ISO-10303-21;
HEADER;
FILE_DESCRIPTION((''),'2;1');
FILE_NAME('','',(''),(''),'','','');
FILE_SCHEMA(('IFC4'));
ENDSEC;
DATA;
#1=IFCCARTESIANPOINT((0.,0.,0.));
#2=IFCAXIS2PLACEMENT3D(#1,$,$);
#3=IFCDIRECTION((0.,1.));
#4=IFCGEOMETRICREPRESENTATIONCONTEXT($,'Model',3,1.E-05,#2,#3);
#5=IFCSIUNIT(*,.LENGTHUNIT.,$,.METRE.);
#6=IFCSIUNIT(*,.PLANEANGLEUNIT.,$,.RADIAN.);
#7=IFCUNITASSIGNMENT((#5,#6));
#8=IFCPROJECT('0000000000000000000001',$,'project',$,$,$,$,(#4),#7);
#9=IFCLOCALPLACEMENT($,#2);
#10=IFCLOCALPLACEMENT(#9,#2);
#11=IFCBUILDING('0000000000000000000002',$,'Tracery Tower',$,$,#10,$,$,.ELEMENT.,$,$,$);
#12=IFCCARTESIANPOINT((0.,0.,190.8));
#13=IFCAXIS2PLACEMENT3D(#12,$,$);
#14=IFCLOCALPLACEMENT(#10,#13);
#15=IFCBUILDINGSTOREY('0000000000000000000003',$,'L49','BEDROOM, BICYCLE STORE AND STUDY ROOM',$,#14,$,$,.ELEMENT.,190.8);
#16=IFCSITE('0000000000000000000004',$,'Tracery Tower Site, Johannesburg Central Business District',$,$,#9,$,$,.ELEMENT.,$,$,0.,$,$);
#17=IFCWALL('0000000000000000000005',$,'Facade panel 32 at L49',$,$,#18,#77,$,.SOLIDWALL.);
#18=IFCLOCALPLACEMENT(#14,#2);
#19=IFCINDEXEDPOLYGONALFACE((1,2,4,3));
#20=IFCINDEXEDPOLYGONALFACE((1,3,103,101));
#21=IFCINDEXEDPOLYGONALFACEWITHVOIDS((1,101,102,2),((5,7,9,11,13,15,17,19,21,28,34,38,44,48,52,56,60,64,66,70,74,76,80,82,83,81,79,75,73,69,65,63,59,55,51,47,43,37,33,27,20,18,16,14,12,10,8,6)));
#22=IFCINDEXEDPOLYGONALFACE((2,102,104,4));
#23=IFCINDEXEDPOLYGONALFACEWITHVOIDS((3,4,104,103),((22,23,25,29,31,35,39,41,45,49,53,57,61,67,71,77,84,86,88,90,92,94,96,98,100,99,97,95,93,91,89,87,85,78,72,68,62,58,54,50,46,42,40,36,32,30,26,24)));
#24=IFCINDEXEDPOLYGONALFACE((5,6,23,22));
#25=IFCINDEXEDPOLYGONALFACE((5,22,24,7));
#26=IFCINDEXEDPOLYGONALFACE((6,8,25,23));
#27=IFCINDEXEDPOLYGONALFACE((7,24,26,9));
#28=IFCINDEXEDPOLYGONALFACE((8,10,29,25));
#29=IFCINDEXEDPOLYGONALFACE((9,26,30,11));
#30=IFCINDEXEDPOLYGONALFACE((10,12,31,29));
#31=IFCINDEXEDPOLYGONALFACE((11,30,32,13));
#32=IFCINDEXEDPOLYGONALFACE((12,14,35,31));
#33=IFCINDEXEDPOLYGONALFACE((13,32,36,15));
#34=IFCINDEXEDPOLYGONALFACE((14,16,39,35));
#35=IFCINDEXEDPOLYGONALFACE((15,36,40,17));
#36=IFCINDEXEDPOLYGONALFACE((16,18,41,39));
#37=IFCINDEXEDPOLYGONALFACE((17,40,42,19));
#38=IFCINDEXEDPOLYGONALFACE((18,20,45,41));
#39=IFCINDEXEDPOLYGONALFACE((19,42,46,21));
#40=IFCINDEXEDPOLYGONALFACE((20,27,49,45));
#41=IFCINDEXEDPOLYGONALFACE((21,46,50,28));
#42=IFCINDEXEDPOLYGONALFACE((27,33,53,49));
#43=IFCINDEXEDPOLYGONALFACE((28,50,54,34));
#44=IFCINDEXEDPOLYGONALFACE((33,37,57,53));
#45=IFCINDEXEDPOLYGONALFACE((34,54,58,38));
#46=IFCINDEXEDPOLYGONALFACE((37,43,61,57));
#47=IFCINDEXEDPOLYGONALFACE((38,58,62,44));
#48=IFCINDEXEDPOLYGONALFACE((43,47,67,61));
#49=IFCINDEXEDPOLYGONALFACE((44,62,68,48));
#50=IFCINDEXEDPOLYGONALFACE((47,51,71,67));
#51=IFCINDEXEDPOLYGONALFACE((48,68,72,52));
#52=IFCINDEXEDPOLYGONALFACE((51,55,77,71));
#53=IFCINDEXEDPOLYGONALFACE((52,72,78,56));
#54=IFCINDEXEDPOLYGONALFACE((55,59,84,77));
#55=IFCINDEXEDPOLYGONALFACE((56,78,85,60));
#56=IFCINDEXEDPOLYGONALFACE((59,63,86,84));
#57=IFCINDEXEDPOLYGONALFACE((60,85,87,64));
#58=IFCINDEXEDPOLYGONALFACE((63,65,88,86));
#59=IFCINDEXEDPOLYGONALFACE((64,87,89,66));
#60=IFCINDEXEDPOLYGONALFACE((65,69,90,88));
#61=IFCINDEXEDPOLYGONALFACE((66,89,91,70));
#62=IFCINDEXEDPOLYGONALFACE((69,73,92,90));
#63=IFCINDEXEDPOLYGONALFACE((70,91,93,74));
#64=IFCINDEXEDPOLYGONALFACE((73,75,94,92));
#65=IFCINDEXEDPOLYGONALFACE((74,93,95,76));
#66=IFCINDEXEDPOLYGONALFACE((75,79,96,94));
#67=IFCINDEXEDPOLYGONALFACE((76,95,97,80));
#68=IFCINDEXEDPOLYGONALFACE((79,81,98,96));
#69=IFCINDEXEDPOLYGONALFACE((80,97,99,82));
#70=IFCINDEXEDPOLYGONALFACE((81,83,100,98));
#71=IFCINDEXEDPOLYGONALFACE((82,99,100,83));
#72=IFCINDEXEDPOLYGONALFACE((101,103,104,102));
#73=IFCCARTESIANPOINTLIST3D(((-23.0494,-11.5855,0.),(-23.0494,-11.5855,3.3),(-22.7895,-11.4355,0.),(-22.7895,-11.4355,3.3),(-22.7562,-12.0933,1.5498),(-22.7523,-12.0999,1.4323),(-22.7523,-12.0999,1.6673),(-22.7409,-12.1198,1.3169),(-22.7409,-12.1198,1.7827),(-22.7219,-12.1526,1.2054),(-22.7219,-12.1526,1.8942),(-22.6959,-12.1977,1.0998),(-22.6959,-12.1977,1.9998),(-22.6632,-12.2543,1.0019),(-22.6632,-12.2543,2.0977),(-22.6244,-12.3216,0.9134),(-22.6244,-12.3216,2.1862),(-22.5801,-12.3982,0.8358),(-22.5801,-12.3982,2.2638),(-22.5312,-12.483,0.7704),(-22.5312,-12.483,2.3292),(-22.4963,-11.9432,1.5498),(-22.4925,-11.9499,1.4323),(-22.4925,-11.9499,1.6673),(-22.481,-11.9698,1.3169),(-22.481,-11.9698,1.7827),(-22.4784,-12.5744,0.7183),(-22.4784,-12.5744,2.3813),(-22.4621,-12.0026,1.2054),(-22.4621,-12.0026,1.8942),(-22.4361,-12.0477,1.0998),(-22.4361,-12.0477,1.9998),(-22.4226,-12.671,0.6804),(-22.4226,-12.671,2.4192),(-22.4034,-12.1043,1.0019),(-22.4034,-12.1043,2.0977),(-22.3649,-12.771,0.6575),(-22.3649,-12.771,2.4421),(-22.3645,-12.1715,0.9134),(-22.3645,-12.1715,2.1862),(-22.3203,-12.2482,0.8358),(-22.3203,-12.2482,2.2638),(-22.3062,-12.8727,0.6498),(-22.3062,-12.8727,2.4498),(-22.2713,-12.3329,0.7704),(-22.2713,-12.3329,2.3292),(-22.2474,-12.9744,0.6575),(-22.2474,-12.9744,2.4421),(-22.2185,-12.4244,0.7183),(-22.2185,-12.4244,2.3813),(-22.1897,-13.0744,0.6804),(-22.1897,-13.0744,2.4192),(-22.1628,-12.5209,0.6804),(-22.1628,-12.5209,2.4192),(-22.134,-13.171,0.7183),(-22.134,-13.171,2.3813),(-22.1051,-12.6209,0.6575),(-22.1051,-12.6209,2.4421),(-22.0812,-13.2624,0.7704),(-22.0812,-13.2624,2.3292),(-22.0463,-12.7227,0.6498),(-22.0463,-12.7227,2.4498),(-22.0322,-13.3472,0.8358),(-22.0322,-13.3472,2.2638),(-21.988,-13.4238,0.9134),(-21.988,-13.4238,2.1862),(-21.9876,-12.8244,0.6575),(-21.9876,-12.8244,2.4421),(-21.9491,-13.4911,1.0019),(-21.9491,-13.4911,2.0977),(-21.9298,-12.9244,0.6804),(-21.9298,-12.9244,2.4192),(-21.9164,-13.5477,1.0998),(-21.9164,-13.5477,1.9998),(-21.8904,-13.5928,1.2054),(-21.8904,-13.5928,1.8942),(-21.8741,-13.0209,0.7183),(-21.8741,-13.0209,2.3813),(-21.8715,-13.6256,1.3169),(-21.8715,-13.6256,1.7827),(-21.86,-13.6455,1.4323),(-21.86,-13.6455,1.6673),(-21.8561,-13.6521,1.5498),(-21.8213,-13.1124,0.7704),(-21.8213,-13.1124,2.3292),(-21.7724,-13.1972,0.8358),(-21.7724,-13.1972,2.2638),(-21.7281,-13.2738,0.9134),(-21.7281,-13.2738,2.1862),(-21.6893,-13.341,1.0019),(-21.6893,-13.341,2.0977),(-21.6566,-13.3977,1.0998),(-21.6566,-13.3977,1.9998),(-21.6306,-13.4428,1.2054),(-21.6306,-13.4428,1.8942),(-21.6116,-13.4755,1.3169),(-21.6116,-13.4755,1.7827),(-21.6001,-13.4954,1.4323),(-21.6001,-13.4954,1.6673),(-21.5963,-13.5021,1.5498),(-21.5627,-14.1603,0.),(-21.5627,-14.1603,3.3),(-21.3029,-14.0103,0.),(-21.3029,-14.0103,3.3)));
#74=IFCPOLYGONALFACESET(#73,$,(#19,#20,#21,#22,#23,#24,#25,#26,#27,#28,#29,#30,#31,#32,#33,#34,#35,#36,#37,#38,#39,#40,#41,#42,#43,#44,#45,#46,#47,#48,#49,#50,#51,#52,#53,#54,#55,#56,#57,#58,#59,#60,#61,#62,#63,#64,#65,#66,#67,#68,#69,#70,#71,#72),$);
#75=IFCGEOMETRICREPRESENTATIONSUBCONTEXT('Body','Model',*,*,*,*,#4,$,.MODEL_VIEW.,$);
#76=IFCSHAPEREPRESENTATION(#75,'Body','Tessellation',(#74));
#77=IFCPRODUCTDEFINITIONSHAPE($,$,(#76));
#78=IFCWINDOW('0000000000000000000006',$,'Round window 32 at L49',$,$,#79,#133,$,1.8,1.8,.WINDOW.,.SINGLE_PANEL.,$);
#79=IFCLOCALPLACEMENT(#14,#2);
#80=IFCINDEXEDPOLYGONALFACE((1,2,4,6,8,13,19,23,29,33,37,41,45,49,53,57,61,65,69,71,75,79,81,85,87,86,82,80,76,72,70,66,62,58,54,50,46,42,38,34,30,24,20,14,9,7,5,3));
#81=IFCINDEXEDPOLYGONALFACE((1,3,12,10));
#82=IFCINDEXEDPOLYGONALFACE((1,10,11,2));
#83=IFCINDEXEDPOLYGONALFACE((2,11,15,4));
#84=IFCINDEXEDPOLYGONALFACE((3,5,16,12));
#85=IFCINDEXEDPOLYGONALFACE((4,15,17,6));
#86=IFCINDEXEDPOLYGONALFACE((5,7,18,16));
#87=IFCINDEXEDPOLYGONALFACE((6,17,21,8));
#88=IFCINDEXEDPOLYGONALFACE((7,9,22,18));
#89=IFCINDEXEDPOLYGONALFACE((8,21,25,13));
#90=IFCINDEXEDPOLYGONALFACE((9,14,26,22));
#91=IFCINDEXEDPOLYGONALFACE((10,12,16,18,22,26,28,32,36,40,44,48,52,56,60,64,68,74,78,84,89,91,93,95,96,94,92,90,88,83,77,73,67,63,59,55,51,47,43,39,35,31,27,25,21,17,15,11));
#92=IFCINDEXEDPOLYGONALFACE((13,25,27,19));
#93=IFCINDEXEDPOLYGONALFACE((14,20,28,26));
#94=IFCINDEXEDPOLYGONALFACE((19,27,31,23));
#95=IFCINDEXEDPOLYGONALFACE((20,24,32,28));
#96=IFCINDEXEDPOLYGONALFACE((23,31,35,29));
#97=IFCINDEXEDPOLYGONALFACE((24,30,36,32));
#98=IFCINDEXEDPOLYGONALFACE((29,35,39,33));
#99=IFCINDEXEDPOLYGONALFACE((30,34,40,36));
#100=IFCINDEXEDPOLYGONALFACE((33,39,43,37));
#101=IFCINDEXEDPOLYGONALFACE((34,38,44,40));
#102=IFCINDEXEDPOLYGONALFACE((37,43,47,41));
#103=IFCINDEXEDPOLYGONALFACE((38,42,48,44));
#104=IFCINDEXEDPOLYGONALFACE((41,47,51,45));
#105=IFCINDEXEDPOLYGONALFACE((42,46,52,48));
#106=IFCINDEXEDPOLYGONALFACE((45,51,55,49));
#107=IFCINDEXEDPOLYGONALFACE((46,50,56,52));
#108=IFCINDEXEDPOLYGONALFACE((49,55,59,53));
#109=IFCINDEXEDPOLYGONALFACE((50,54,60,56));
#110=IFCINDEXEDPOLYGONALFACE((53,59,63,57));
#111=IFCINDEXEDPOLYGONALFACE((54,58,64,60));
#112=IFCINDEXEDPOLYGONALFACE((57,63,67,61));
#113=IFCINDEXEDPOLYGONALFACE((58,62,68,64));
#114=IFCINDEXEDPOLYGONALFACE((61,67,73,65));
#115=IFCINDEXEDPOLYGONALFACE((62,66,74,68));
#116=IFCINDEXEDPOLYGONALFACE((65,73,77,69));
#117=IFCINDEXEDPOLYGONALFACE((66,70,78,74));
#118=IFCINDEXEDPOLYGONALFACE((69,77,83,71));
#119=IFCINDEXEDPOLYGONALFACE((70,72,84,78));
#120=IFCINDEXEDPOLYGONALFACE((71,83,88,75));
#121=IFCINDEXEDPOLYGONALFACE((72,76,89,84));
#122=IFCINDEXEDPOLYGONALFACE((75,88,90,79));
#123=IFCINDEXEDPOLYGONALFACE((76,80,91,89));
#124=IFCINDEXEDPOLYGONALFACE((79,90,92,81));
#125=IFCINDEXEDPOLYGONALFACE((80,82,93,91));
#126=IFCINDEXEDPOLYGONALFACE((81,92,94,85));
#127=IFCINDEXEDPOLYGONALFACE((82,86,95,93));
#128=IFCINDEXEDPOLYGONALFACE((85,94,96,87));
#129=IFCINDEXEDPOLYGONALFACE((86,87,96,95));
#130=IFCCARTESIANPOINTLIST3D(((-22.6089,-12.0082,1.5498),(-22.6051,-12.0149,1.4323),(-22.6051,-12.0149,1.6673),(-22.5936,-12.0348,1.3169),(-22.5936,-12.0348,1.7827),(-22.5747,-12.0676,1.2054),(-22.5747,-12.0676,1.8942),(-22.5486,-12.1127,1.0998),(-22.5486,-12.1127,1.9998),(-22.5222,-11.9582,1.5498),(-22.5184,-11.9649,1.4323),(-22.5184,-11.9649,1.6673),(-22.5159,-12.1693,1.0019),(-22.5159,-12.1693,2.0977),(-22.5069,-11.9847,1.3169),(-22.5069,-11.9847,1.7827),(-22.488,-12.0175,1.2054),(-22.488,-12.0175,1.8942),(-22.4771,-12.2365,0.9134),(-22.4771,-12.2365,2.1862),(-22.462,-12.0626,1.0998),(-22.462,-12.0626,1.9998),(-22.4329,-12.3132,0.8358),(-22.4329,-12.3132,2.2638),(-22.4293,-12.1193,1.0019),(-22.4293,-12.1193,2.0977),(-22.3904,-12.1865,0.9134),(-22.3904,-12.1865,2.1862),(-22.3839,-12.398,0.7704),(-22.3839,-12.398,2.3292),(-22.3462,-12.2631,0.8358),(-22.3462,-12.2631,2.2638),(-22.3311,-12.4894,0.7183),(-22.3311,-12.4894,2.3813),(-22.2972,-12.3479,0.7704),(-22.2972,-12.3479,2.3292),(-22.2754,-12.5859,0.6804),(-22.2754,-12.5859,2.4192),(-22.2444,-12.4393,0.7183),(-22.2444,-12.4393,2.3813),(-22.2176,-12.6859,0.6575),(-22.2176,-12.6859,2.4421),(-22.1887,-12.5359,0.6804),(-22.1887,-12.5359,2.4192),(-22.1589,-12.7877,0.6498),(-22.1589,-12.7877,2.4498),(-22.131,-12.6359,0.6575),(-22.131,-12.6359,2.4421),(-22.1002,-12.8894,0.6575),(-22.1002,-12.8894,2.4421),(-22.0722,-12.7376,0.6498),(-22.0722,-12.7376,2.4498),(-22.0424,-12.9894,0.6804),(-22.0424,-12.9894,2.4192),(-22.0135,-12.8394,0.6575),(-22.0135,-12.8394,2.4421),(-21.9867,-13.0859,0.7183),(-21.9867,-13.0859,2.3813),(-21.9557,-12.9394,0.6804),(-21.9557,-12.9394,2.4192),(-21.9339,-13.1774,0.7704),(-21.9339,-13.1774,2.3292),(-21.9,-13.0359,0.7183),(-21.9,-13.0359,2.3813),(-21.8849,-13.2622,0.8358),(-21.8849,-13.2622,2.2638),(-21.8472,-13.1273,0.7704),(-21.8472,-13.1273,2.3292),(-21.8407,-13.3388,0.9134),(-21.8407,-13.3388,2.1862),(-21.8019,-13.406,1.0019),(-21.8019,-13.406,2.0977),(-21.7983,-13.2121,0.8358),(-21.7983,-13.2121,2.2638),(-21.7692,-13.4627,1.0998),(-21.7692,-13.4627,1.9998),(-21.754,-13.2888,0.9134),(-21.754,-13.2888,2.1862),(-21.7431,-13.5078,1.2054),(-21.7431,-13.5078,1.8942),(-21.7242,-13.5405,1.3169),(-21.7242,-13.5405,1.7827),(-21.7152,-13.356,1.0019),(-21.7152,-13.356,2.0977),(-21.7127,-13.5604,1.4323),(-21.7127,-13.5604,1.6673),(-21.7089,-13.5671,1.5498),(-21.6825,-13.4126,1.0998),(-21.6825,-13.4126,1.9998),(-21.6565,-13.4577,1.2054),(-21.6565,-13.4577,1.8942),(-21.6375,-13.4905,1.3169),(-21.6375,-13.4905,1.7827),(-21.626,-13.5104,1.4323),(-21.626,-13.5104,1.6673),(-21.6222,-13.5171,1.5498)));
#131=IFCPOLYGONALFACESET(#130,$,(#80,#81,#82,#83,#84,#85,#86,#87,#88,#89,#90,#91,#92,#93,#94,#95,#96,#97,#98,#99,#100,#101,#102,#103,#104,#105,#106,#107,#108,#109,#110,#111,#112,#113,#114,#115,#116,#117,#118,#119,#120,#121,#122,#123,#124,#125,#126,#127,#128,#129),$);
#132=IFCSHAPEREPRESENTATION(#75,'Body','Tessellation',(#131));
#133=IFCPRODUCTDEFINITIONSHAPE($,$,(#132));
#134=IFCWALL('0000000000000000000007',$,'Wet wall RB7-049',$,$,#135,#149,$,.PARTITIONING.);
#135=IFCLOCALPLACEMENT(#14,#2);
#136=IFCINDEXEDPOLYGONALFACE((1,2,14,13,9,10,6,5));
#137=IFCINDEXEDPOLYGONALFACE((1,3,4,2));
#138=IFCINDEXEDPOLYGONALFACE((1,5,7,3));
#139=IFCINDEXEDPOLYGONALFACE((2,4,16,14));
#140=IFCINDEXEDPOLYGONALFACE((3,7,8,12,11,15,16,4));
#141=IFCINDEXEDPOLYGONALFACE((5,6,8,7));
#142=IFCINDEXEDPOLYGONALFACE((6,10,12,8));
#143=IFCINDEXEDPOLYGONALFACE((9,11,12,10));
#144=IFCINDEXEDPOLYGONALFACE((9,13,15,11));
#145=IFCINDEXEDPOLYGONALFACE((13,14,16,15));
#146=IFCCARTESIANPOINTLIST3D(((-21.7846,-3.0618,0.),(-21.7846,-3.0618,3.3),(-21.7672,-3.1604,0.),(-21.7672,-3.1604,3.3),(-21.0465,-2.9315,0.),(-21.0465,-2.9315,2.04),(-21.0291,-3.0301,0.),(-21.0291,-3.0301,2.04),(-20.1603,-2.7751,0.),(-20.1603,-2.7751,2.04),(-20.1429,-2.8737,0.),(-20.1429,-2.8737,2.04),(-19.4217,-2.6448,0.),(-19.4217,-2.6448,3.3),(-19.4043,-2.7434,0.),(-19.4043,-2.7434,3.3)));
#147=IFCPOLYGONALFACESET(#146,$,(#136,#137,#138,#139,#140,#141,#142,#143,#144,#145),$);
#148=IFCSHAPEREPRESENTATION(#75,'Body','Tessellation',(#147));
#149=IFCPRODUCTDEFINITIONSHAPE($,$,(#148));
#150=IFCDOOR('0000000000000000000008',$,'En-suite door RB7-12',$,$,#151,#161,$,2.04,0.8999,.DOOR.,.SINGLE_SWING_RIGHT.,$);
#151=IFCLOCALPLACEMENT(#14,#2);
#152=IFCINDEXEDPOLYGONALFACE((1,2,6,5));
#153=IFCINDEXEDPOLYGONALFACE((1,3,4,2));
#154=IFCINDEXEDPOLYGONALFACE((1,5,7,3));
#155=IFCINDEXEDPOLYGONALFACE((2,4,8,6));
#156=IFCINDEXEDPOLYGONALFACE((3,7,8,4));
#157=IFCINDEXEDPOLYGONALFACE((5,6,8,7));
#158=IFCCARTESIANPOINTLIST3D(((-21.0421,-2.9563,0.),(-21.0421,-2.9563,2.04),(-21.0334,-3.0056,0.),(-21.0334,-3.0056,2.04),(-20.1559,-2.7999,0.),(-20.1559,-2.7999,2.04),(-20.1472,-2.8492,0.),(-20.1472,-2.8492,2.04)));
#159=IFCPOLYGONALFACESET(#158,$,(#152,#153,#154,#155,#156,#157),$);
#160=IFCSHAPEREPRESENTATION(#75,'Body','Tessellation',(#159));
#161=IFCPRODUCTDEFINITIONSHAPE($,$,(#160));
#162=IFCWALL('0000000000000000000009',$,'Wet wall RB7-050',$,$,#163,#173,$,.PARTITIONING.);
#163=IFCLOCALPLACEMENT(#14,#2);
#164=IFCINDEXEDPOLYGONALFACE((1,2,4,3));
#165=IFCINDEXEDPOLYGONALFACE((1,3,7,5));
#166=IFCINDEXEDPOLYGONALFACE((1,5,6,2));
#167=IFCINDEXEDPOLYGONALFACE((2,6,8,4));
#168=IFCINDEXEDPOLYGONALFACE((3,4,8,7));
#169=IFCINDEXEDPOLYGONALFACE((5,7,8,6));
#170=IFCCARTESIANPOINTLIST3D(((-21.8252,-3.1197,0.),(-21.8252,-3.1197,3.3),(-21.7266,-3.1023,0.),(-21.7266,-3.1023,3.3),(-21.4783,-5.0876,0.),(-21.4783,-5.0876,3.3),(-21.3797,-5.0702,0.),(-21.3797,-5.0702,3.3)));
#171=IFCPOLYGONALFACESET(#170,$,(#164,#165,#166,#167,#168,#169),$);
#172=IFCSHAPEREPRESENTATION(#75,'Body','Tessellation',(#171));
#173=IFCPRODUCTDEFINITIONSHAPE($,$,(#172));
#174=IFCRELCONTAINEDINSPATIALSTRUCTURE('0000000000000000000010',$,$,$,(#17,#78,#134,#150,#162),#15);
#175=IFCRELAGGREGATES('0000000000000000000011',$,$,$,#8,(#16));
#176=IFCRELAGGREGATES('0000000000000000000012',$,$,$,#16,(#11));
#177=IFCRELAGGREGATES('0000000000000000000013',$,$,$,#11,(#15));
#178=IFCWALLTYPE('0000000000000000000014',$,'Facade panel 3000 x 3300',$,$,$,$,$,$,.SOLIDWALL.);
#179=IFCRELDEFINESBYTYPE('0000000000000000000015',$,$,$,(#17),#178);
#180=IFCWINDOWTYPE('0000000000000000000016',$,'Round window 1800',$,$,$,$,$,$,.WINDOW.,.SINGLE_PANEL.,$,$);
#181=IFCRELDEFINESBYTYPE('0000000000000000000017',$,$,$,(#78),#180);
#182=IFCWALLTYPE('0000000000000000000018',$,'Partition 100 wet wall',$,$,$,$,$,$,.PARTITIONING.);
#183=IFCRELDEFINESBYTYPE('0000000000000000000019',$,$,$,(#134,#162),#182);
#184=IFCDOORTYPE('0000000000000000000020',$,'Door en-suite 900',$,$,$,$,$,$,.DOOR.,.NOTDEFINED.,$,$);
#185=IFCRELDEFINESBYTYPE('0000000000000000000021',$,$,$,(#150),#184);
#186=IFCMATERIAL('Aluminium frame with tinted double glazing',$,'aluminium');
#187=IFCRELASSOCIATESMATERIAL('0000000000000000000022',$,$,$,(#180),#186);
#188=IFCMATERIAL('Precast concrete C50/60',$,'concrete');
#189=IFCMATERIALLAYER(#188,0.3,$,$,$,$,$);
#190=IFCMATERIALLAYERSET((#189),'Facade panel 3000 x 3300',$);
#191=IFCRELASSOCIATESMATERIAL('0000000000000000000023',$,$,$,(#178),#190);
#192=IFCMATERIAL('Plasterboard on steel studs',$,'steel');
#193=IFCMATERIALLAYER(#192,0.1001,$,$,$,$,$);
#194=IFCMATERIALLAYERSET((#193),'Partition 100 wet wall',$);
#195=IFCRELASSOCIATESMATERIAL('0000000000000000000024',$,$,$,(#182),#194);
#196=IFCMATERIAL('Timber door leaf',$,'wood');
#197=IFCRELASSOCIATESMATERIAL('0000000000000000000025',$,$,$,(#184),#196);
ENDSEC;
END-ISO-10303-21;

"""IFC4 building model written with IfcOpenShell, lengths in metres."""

from ifc_helpers import new_model, si_unit, direction, frame, frame_2d, origin, origin_2d, place, context, subcontext, project, spatial, rectangle, circle, extrude, material, layer, layer_set, type_object, element, fill, save


model = new_model("IFC4")

# Units and contexts
model_context = context("Model", 3, precision=1e-05, world=origin(), true_north=direction((0.0, 1.0)))
body_context = subcontext(model_context, "Body", "Model", "MODEL_VIEW")
ifc_project = project(units=[si_unit("LENGTHUNIT", "METRE"), si_unit("PLANEANGLEUNIT", "RADIAN")], contexts=[model_context])

# Site, building, storey
site_placement = place(None, origin())
site = spatial("IfcSite", under=ifc_project, at=site_placement, Name="Tracery Tower Site, Johannesburg Central Business District", CompositionType="ELEMENT", RefElevation=0.0)
building_placement = place(site_placement, origin())
building = spatial("IfcBuilding", under=site, at=building_placement, Name="Tracery Tower", CompositionType="ELEMENT")
storey_placement = place(building_placement, frame((0.0, 0.0, 190.8)))
storey = spatial("IfcBuildingStorey", under=building, at=storey_placement, Name="L49", Description="BEDROOM, BICYCLE STORE AND STUDY ROOM", CompositionType="ELEMENT", Elevation=190.8)

# Wall, opening, window
ifc_material_1 = material(Name="Aluminium frame with tinted double glazing", Category="aluminium")
window_type = type_object("IfcWindowType", Name="Round window 1800", PartitioningType="SINGLE_PANEL", PredefinedType="WINDOW", material=ifc_material_1)
ifc_material_2 = material(Name="Precast concrete C50/60", Category="concrete")
ifc_layer_1 = layer(ifc_material_2, 0.3)
ifc_layer_set_1 = layer_set([ifc_layer_1], Name="Facade panel 3000 x 3300")
wall_type_1 = type_object("IfcWallType", Name="Facade panel 3000 x 3300", PredefinedType="SOLIDWALL", material=ifc_layer_set_1)
wall_1_placement = place(storey_placement, frame((-22.9194, -11.5105, 0.0), z_axis=(0.0, 0.0, 1.0), x_axis=(0.500016, -0.866016, 0.0)))
wall_1 = element("IfcWall", 1, at=wall_1_placement, inside=storey, type_object=wall_type_1, Name="Facade panel 32 at L49", PredefinedType="SOLIDWALL", context=body_context, shape_type="SweptSolid", body=[
    extrude(rectangle(XDim=2.9731, YDim=0.3, at=frame_2d((1.4866, 0.0))), origin(), (0.0, 0.0, 1.0), 3.3),
])
opening_1_placement = place(wall_1_placement, frame((1.4863, 0.0, 1.5498)))
opening_1 = element("IfcOpeningElement", 2, at=opening_1_placement, cuts=wall_1, PredefinedType="OPENING", context=body_context, shape_type="SweptSolid", body=[
    extrude(circle(Radius=0.9, at=origin_2d()), frame((0.0, 0.1599, 0.0), z_axis=(0.0, -1.0, 0.0), x_axis=(1.0, 0.0, 0.0)), (0.0, 0.0, 1.0), 0.3201),
])
window_1_placement = place(opening_1_placement, origin())
window_1 = element("IfcWindow", 3, at=window_1_placement, inside=storey, type_object=window_type, Name="Round window 32 at L49", OverallHeight=1.8, OverallWidth=1.8, PartitioningType="SINGLE_PANEL", PredefinedType="WINDOW", context=body_context, shape_type="SweptSolid", body=[
    extrude(circle(Radius=0.9, at=origin_2d()), frame((0.0, 0.1201, 0.0), z_axis=(0.0, -1.0, 0.0), x_axis=(1.0, 0.0, 0.0)), (0.0, 0.0, 1.0), 0.1001),
])
fill(opening_1, window_1)

# Wall, opening, door
ifc_material_3 = material(Name="Plasterboard on steel studs", Category="steel")
ifc_layer_2 = layer(ifc_material_3, 0.1001)
ifc_layer_set_2 = layer_set([ifc_layer_2], Name="Partition 100 wet wall")
wall_type_2 = type_object("IfcWallType", Name="Partition 100 wet wall", PredefinedType="PARTITIONING", material=ifc_layer_set_2)
wall_2_placement = place(storey_placement, frame((-21.7759, -3.1111, 0.0), z_axis=(0.0, 0.0, 1.0), x_axis=(0.984782, 0.173797, 0.0)))
wall_2 = element("IfcWall", 4, at=wall_2_placement, inside=storey, type_object=wall_type_2, Name="Wet wall RB7-049", PredefinedType="PARTITIONING", context=body_context, shape_type="SweptSolid", body=[
    extrude(rectangle(XDim=2.3994, YDim=0.1001, at=frame_2d((1.1997, 0.0))), origin(), (0.0, 0.0, 1.0), 3.3),
])
opening_2_placement = place(wall_2_placement, frame((0.7495, 0.0, 0.0)))
opening_2 = element("IfcOpeningElement", 5, at=opening_2_placement, cuts=wall_2, PredefinedType="OPENING", context=body_context, shape_type="SweptSolid", body=[
    extrude(rectangle(XDim=0.8999, YDim=2.04, at=frame_2d((0.45, 1.02))), frame((0.0, 0.05, 0.0), z_axis=(0.0, -1.0, 0.0), x_axis=(1.0, 0.0, 0.0)), (0.0, 0.0, 1.0), 0.1001),
])
ifc_material_4 = material(Name="Timber door leaf", Category="wood")
door_type_1 = type_object("IfcDoorType", Name="Door en-suite 900", OperationType="NOTDEFINED", PredefinedType="DOOR", material=ifc_material_4)
door_1_placement = place(opening_2_placement, origin())
door_1 = element("IfcDoor", 6, at=door_1_placement, inside=storey, type_object=door_type_1, Name="En-suite door RB7-12", OperationType="SINGLE_SWING_RIGHT", OverallHeight=2.04, OverallWidth=0.8999, PredefinedType="DOOR", context=body_context, shape_type="SweptSolid", body=[
    extrude(rectangle(XDim=0.8999, YDim=2.04, at=frame_2d((0.45, 1.02))), frame((0.0, 0.0249, 0.0), z_axis=(0.0, -1.0, 0.0), x_axis=(1.0, 0.0, 0.0)), (0.0, 0.0, 1.0), 0.05),
])
fill(opening_2, door_1)

# Wall
wall_3_placement = place(storey_placement, frame((-21.7759, -3.1111, 0.0), z_axis=(0.0, 0.0, 1.0), x_axis=(0.173604, -0.984816, 0.0)))
element("IfcWall", 7, at=wall_3_placement, inside=storey, type_object=wall_type_2, Name="Wet wall RB7-050", PredefinedType="PARTITIONING", context=body_context, shape_type="SweptSolid", body=[
    extrude(rectangle(XDim=1.9983, YDim=0.1001, at=frame_2d((0.999, 0.0))), origin(), (0.0, 0.0, 1.0), 3.3),
])

save(model, "model.ifc")
